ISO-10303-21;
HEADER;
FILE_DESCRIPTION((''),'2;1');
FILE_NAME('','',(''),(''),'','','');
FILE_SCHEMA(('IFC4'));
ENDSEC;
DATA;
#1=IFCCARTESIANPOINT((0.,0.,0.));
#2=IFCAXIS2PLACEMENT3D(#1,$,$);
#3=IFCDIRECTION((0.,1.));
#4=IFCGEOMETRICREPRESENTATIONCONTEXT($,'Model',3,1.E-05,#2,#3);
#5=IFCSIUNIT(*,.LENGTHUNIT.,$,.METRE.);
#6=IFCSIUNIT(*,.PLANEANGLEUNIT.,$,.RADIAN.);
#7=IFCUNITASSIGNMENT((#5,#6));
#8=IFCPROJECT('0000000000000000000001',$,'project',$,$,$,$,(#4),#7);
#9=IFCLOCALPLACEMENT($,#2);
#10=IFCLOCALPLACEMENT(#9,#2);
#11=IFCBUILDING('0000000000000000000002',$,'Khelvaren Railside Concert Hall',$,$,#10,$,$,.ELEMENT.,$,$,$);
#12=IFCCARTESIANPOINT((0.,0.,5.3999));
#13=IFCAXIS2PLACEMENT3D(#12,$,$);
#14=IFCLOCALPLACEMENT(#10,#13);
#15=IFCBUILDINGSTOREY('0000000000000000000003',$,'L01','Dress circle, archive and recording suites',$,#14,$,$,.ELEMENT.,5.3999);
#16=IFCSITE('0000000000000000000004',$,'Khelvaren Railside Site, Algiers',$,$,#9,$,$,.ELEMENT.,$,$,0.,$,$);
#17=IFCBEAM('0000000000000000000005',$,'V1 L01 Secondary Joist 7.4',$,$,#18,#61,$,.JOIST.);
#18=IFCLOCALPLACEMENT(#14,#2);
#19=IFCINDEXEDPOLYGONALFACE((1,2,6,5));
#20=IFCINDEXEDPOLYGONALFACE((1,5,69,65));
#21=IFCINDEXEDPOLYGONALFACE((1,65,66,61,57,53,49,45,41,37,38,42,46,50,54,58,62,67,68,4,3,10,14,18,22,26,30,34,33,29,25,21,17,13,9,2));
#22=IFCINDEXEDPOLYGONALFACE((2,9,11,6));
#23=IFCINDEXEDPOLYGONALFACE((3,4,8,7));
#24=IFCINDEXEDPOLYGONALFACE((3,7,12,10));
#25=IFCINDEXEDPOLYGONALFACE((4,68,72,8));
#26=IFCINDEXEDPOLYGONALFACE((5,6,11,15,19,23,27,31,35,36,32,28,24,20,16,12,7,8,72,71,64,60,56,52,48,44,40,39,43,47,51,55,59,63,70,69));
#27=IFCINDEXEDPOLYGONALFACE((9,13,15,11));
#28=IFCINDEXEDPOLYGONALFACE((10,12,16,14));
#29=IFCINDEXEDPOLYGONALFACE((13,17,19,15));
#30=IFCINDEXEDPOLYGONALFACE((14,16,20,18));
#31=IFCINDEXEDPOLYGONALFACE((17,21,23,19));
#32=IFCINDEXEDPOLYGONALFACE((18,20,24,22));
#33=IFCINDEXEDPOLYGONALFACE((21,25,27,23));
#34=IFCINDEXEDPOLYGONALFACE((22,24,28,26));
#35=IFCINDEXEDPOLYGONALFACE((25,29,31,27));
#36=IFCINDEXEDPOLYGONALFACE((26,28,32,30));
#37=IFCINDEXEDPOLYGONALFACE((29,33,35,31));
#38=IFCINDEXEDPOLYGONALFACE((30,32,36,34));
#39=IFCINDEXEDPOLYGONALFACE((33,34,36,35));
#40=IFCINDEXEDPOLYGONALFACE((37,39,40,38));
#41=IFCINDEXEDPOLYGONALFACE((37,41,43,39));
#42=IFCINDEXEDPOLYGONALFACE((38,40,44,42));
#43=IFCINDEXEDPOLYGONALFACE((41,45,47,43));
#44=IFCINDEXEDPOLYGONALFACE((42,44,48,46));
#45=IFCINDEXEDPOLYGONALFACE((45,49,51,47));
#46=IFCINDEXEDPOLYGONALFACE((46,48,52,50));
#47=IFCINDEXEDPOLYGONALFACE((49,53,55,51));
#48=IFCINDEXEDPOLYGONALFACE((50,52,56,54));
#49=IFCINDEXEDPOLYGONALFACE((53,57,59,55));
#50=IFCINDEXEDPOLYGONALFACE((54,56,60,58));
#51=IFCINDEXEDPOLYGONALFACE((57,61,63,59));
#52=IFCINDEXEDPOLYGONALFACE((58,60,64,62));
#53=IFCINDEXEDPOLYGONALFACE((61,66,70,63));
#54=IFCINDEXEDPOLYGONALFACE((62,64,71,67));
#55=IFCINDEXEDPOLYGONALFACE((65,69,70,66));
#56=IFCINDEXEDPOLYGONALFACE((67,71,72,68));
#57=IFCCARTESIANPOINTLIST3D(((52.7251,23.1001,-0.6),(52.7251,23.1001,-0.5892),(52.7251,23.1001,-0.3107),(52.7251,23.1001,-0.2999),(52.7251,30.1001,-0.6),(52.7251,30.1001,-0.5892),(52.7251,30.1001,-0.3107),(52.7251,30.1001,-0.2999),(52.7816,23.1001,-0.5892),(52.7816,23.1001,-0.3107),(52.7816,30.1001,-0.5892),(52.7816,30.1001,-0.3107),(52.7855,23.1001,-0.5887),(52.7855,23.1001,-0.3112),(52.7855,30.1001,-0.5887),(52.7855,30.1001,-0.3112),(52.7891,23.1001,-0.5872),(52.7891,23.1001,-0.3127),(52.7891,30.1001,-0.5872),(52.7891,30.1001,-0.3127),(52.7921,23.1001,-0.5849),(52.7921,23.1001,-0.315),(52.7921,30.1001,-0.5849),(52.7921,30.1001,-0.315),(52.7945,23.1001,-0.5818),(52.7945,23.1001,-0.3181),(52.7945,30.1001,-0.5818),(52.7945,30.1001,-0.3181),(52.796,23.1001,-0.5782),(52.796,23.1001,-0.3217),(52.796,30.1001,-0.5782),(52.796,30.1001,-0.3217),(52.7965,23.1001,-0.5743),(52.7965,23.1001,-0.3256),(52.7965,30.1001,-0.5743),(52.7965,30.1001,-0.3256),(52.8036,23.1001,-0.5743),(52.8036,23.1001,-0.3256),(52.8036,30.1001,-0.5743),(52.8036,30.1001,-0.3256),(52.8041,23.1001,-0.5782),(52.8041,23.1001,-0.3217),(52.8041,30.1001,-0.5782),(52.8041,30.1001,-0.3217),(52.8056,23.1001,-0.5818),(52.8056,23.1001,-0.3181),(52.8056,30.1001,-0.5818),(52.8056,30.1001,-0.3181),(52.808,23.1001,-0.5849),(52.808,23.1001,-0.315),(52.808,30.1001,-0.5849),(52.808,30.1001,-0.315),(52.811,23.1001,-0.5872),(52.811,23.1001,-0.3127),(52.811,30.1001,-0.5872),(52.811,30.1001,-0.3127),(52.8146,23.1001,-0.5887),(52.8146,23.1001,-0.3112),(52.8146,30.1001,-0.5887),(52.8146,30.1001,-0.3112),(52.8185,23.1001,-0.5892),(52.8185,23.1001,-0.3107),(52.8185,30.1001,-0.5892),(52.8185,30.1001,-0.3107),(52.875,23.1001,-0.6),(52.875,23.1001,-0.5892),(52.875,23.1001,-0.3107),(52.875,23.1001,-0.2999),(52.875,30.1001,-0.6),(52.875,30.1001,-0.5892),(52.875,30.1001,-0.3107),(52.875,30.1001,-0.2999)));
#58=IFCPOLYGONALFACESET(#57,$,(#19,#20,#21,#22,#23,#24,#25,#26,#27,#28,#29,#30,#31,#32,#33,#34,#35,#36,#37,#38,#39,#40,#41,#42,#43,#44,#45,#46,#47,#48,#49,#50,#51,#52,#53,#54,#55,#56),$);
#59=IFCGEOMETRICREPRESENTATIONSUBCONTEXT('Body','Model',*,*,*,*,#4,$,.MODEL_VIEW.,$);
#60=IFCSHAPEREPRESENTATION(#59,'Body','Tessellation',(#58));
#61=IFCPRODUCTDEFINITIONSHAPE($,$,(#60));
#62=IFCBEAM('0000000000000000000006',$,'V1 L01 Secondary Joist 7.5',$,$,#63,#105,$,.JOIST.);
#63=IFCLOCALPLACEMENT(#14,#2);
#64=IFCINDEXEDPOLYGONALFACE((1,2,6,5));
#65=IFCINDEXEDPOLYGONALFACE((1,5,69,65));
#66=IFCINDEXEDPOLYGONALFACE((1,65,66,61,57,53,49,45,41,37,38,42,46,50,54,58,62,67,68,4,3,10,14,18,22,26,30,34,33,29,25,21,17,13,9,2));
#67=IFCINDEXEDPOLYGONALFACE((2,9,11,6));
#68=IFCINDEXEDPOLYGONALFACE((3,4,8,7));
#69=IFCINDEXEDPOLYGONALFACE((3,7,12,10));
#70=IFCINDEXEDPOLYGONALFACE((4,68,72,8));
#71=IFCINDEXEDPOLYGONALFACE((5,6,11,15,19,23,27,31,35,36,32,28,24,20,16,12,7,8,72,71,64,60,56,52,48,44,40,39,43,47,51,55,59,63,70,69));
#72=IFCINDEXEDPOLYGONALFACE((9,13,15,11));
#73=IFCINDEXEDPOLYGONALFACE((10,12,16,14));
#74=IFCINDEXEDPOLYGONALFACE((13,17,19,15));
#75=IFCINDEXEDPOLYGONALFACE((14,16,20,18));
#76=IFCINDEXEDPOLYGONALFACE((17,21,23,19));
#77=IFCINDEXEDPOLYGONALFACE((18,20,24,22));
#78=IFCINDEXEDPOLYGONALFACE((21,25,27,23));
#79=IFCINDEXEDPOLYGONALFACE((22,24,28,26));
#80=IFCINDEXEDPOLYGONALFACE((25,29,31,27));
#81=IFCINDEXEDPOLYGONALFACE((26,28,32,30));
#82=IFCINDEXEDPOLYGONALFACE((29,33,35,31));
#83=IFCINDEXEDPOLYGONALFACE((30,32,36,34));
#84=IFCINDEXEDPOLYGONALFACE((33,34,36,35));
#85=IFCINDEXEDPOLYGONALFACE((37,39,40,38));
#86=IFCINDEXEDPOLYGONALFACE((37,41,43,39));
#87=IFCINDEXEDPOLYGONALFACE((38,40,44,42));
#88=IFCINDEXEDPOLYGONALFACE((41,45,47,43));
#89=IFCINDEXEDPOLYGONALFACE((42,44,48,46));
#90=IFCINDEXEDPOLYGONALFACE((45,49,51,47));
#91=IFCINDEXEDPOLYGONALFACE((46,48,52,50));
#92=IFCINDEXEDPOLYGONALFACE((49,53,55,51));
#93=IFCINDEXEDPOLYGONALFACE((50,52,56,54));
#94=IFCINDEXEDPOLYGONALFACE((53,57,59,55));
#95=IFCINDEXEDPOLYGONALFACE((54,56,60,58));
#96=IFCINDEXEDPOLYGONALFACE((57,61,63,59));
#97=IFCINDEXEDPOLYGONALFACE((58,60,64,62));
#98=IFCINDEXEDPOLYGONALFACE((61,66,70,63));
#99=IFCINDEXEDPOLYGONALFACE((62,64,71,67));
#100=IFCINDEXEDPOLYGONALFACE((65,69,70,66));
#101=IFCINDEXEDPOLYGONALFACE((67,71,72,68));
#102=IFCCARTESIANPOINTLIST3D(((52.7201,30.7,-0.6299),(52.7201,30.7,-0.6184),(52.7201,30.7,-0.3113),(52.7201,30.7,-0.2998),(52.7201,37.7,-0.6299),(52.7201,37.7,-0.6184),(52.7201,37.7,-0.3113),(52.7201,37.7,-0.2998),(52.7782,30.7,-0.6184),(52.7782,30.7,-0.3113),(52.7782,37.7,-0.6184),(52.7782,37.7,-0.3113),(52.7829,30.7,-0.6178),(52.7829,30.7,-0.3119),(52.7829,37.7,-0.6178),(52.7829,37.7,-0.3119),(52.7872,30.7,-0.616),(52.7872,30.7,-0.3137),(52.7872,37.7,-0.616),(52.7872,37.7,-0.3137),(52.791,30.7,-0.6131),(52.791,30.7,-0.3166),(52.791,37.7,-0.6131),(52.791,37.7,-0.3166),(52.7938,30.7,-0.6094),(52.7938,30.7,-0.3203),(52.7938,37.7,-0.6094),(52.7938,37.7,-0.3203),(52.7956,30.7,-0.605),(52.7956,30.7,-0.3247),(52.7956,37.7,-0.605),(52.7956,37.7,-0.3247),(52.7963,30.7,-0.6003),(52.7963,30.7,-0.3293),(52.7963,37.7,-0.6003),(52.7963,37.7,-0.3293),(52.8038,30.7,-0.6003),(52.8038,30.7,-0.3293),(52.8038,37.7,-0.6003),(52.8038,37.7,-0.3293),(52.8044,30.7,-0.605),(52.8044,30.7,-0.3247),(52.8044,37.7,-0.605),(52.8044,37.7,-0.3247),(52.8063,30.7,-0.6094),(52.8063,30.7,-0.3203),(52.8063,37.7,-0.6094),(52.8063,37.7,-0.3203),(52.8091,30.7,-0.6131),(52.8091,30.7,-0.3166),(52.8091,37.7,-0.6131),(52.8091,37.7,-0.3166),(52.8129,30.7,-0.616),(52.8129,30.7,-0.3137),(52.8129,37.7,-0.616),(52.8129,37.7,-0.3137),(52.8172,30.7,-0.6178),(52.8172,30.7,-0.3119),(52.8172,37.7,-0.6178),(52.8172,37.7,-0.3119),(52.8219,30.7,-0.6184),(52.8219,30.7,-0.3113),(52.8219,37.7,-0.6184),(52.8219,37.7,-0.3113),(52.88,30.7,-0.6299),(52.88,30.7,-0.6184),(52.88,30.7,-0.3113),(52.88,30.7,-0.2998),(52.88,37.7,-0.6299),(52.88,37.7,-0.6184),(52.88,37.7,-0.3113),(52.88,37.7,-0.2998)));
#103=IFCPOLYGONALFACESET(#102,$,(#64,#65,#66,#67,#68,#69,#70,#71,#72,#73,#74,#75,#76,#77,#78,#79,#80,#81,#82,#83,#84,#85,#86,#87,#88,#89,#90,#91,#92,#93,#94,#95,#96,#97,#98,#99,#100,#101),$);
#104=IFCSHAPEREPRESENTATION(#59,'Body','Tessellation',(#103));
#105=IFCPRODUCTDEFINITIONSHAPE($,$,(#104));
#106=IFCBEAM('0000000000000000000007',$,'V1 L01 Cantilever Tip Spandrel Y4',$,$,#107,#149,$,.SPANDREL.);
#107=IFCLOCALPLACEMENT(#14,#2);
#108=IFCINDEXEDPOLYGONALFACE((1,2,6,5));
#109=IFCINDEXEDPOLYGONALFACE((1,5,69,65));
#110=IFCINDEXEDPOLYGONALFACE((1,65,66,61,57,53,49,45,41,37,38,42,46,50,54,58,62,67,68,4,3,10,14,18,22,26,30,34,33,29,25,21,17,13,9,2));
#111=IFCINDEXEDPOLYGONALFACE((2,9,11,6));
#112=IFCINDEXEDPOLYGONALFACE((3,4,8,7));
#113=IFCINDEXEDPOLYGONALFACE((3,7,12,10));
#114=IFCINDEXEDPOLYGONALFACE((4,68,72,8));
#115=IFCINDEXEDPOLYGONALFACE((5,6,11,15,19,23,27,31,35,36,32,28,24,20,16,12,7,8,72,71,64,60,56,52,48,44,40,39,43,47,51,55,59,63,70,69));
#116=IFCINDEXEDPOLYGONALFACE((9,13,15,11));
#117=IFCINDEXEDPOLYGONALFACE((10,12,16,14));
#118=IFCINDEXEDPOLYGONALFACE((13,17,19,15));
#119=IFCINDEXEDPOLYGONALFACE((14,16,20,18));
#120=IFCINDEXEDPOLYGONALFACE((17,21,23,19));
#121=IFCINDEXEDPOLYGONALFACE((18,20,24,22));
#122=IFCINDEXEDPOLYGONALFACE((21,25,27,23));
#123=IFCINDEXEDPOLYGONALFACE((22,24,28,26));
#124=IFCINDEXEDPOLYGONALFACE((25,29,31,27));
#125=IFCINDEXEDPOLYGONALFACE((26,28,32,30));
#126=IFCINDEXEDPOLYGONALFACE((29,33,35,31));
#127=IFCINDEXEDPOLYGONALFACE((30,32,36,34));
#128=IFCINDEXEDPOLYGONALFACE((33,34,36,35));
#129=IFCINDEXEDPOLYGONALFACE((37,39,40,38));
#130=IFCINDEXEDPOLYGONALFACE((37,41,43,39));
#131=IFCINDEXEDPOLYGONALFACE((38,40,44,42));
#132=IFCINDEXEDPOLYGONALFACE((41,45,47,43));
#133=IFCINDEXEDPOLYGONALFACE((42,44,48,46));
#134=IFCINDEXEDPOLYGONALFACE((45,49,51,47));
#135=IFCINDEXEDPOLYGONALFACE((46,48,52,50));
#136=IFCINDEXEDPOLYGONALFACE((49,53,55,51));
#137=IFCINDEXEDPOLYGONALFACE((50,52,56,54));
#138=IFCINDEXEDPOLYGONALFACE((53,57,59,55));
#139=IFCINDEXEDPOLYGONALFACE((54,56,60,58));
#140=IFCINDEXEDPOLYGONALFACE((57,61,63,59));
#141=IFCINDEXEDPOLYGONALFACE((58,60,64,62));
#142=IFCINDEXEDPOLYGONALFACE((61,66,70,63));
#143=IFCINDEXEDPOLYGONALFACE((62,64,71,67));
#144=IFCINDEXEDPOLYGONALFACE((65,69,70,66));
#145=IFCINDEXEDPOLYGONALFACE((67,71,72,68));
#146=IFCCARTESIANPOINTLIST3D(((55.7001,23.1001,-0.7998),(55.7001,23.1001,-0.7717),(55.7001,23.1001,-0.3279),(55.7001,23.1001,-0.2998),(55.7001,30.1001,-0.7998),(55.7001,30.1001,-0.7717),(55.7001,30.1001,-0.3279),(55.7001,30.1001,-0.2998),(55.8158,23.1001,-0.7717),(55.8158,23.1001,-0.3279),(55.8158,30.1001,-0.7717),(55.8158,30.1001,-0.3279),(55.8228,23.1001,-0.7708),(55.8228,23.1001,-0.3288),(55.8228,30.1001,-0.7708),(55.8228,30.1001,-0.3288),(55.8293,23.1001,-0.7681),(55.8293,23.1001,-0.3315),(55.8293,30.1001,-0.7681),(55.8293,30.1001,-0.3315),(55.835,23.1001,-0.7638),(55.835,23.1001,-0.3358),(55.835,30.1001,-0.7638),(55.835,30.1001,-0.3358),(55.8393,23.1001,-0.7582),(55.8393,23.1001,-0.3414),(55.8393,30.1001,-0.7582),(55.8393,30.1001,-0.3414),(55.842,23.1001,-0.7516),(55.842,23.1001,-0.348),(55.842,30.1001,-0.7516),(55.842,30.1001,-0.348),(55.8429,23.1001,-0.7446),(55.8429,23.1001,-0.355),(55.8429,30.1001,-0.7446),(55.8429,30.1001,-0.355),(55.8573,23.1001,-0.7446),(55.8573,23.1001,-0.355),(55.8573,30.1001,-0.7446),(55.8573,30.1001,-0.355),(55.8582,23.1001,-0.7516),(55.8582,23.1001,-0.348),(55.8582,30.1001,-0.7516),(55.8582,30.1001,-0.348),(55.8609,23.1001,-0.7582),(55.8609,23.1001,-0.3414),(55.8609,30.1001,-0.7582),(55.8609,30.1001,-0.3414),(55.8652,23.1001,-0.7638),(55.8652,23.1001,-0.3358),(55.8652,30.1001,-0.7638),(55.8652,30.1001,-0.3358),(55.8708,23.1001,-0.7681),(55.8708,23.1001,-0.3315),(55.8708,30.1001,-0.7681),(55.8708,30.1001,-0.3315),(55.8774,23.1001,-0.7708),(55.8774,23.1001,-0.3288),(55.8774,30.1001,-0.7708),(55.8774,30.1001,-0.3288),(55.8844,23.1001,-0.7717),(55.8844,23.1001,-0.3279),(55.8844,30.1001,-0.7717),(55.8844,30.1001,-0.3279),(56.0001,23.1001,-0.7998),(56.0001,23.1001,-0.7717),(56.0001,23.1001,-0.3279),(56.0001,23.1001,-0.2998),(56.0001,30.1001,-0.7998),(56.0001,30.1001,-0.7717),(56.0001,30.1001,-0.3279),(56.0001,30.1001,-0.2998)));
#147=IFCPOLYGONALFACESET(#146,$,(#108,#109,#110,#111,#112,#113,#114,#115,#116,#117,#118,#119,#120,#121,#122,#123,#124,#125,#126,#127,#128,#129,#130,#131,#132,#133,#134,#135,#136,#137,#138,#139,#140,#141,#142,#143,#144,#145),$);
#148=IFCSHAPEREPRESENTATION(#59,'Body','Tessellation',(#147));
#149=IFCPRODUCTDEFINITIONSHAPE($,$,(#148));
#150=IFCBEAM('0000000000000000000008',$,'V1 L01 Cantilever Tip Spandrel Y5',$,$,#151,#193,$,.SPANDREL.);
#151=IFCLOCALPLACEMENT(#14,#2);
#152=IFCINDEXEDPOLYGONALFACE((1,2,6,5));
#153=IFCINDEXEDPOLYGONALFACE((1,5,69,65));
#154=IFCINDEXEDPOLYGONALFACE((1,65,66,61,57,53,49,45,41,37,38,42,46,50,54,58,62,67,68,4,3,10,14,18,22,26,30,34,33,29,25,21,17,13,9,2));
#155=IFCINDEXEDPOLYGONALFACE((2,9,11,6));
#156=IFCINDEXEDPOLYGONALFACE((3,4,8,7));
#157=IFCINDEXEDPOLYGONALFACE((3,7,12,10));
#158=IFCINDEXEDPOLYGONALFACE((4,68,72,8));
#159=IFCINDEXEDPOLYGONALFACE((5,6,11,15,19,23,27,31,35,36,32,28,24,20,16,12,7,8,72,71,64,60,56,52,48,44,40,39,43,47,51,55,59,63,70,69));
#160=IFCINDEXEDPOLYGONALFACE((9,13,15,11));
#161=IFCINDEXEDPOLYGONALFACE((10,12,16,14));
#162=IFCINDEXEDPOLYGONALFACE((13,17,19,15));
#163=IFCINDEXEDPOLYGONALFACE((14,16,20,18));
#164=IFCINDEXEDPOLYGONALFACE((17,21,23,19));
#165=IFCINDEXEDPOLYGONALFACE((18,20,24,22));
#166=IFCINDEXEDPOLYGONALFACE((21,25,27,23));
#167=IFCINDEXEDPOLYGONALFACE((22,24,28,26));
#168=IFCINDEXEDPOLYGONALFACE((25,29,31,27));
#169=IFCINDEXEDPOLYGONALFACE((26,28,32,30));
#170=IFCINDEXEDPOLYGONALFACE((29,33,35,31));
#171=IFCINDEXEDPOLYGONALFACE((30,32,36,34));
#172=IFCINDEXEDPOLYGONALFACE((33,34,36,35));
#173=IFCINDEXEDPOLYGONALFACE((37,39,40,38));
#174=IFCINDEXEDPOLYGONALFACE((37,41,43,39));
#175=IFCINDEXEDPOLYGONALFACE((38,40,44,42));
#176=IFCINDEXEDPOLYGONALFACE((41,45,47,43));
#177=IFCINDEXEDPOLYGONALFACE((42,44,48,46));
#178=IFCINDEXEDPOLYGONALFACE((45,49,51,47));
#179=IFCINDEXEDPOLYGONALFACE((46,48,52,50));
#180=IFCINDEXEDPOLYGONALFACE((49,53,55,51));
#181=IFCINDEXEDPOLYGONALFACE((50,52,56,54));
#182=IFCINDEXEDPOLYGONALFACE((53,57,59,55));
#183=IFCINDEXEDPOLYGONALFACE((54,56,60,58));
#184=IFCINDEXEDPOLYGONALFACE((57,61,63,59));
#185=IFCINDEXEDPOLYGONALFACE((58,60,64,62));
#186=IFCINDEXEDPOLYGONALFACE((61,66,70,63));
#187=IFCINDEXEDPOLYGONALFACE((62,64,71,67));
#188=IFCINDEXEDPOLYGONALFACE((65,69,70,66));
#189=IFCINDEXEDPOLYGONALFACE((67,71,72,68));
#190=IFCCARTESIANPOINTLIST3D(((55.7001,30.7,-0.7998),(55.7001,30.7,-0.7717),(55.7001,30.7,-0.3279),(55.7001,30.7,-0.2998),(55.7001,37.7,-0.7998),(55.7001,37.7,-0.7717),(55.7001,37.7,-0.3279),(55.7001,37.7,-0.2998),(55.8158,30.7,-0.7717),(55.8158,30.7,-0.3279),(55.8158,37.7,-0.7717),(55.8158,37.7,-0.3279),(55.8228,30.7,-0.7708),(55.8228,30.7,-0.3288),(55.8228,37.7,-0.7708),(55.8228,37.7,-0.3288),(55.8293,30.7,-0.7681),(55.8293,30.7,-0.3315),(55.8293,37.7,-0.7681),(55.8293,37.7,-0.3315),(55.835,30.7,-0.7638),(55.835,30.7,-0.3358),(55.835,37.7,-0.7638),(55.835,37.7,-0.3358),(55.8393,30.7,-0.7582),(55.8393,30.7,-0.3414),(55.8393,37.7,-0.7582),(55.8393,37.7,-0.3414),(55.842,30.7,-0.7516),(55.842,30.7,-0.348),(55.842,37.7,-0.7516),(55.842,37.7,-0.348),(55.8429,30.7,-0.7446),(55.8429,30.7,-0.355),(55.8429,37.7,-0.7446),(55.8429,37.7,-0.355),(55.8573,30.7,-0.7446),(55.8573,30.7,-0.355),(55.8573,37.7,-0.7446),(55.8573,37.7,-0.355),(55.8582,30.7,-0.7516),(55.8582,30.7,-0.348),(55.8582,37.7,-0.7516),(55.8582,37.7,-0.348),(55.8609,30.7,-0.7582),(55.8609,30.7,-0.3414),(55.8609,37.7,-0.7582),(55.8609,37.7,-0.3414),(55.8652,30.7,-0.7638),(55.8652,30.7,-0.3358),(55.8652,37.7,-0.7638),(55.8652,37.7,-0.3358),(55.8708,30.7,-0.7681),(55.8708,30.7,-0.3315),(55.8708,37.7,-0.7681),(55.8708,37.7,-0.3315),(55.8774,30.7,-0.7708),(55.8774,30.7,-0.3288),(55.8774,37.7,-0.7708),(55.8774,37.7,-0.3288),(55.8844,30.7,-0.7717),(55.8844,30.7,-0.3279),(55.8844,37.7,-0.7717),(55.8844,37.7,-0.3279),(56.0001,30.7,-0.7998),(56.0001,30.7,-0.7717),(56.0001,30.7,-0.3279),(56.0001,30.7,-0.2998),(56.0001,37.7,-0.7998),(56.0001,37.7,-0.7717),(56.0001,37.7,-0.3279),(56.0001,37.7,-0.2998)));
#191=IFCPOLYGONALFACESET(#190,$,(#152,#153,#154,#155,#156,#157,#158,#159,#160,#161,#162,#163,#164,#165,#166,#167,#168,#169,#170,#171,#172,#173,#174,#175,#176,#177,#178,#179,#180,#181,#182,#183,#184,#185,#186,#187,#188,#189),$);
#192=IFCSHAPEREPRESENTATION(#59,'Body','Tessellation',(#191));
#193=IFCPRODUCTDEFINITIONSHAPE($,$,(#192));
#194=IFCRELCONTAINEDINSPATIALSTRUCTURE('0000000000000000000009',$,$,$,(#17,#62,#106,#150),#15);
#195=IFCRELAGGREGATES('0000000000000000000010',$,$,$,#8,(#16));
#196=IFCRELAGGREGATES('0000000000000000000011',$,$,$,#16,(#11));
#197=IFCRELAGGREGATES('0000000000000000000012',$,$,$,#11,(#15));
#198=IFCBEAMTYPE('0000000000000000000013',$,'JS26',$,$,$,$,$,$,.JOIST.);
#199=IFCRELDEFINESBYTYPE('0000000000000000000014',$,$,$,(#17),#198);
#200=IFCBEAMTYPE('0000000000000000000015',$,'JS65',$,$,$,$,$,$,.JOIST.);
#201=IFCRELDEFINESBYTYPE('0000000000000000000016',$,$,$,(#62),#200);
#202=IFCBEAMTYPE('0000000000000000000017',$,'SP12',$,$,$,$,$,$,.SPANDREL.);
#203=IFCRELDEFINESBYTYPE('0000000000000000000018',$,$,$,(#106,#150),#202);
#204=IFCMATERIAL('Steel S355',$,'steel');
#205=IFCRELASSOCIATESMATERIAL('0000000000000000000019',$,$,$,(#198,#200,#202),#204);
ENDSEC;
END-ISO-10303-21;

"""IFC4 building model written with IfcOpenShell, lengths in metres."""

from ifc_helpers import new_model, si_unit, direction, frame, origin, origin_2d, place, context, subcontext, project, spatial, i_section, extrude, material, material_profile, profile_set, type_object, element, save


model = new_model("IFC4")

# Units and contexts
model_context = context("Model", 3, precision=1e-05, world=origin(), true_north=direction((0.0, 1.0)))
body_context = subcontext(model_context, "Body", "Model", "MODEL_VIEW")
ifc_project = project(units=[si_unit("LENGTHUNIT", "METRE"), si_unit("PLANEANGLEUNIT", "RADIAN")], contexts=[model_context])

# Site, building, storey
site_placement = place(None, origin())
site = spatial("IfcSite", under=ifc_project, at=site_placement, Name="Khelvaren Railside Site, Algiers", CompositionType="ELEMENT", RefElevation=0.0)
building_placement = place(site_placement, origin())
building = spatial("IfcBuilding", under=site, at=building_placement, Name="Khelvaren Railside Concert Hall", CompositionType="ELEMENT")
storey_placement = place(building_placement, frame((0.0, 0.0, 5.3999)))
storey = spatial("IfcBuildingStorey", under=building, at=storey_placement, Name="L01", Description="Dress circle, archive and recording suites", CompositionType="ELEMENT", Elevation=5.3999)

# Shared definitions
ifc_material_1 = material(Name="Steel S355", Category="steel")

# Beams
ifc_material_profile_1 = material_profile(ifc_material_1, i_section(OverallWidth=0.1499, OverallDepth=0.3, WebThickness=0.0071, FlangeThickness=0.0107, FilletRadius=0.0149, at=origin_2d()), Name="IPE 300")
ifc_profile_set_1 = profile_set([ifc_material_profile_1], Name="Steel S355")
beam_type_1 = type_object("IfcBeamType", Name="JS26", PredefinedType="JOIST", material=ifc_profile_set_1)
beam_1_placement = place(storey_placement, frame((52.8, 23.1001, -0.45), z_axis=(0.0, 1.0, 0.0), x_axis=(-1.0, 0.0, 0.0)))
element("IfcBeam", 1, at=beam_1_placement, inside=storey, type_object=beam_type_1, Name="V1 L01 Secondary Joist 7.4", PredefinedType="JOIST", context=body_context, shape_type="SweptSolid", body=[
    extrude(i_section(OverallWidth=0.1499, OverallDepth=0.3, WebThickness=0.0071, FlangeThickness=0.0107, FilletRadius=0.0149, at=origin_2d()), origin(), (0.0, 0.0, 1.0), 7.0),
])
ifc_material_profile_2 = material_profile(ifc_material_1, i_section(OverallWidth=0.1599, OverallDepth=0.3301, WebThickness=0.0076, FlangeThickness=0.0115, FilletRadius=0.0181, at=origin_2d()), Name="IPE 330")
ifc_profile_set_2 = profile_set([ifc_material_profile_2], Name="Steel S355")
beam_type_2 = type_object("IfcBeamType", Name="JS65", PredefinedType="JOIST", material=ifc_profile_set_2)
beam_2_placement = place(storey_placement, frame((52.8, 30.7, -0.4648), z_axis=(0.0, 1.0, 0.0), x_axis=(-1.0, 0.0, 0.0)))
element("IfcBeam", 2, at=beam_2_placement, inside=storey, type_object=beam_type_2, Name="V1 L01 Secondary Joist 7.5", PredefinedType="JOIST", context=body_context, shape_type="SweptSolid", body=[
    extrude(i_section(OverallWidth=0.1599, OverallDepth=0.3301, WebThickness=0.0076, FlangeThickness=0.0115, FilletRadius=0.0181, at=origin_2d()), origin(), (0.0, 0.0, 1.0), 7.0),
])
ifc_material_profile_3 = material_profile(ifc_material_1, i_section(OverallWidth=0.3, OverallDepth=0.5, WebThickness=0.0144, FlangeThickness=0.0281, FilletRadius=0.0271, at=origin_2d()), Name="HEB 500")
ifc_profile_set_3 = profile_set([ifc_material_profile_3], Name="Steel S355")
beam_type_3 = type_object("IfcBeamType", Name="SP12", PredefinedType="SPANDREL", material=ifc_profile_set_3)
for number, where, z_axis, x_axis, name in (
    (3, (55.8501, 23.1001, -0.5498), (0.0, 1.0, 0.0), (-1.0, 0.0, 0.0), "V1 L01 Cantilever Tip Spandrel Y4"),
    (4, (55.8501, 30.7, -0.5498), (0.0, 1.0, 0.0), (-1.0, 0.0, 0.0), "V1 L01 Cantilever Tip Spandrel Y5"),
):
    element("IfcBeam", number, at=place(storey_placement, frame(where, z_axis=z_axis, x_axis=x_axis)), inside=storey, type_object=beam_type_3, Name=name, PredefinedType="SPANDREL", context=body_context, shape_type="SweptSolid", body=[
        extrude(i_section(OverallWidth=0.3, OverallDepth=0.5, WebThickness=0.0144, FlangeThickness=0.0281, FilletRadius=0.0271, at=origin_2d()), origin(), (0.0, 0.0, 1.0), 7.0),
    ])

save(model, "model.ifc")
